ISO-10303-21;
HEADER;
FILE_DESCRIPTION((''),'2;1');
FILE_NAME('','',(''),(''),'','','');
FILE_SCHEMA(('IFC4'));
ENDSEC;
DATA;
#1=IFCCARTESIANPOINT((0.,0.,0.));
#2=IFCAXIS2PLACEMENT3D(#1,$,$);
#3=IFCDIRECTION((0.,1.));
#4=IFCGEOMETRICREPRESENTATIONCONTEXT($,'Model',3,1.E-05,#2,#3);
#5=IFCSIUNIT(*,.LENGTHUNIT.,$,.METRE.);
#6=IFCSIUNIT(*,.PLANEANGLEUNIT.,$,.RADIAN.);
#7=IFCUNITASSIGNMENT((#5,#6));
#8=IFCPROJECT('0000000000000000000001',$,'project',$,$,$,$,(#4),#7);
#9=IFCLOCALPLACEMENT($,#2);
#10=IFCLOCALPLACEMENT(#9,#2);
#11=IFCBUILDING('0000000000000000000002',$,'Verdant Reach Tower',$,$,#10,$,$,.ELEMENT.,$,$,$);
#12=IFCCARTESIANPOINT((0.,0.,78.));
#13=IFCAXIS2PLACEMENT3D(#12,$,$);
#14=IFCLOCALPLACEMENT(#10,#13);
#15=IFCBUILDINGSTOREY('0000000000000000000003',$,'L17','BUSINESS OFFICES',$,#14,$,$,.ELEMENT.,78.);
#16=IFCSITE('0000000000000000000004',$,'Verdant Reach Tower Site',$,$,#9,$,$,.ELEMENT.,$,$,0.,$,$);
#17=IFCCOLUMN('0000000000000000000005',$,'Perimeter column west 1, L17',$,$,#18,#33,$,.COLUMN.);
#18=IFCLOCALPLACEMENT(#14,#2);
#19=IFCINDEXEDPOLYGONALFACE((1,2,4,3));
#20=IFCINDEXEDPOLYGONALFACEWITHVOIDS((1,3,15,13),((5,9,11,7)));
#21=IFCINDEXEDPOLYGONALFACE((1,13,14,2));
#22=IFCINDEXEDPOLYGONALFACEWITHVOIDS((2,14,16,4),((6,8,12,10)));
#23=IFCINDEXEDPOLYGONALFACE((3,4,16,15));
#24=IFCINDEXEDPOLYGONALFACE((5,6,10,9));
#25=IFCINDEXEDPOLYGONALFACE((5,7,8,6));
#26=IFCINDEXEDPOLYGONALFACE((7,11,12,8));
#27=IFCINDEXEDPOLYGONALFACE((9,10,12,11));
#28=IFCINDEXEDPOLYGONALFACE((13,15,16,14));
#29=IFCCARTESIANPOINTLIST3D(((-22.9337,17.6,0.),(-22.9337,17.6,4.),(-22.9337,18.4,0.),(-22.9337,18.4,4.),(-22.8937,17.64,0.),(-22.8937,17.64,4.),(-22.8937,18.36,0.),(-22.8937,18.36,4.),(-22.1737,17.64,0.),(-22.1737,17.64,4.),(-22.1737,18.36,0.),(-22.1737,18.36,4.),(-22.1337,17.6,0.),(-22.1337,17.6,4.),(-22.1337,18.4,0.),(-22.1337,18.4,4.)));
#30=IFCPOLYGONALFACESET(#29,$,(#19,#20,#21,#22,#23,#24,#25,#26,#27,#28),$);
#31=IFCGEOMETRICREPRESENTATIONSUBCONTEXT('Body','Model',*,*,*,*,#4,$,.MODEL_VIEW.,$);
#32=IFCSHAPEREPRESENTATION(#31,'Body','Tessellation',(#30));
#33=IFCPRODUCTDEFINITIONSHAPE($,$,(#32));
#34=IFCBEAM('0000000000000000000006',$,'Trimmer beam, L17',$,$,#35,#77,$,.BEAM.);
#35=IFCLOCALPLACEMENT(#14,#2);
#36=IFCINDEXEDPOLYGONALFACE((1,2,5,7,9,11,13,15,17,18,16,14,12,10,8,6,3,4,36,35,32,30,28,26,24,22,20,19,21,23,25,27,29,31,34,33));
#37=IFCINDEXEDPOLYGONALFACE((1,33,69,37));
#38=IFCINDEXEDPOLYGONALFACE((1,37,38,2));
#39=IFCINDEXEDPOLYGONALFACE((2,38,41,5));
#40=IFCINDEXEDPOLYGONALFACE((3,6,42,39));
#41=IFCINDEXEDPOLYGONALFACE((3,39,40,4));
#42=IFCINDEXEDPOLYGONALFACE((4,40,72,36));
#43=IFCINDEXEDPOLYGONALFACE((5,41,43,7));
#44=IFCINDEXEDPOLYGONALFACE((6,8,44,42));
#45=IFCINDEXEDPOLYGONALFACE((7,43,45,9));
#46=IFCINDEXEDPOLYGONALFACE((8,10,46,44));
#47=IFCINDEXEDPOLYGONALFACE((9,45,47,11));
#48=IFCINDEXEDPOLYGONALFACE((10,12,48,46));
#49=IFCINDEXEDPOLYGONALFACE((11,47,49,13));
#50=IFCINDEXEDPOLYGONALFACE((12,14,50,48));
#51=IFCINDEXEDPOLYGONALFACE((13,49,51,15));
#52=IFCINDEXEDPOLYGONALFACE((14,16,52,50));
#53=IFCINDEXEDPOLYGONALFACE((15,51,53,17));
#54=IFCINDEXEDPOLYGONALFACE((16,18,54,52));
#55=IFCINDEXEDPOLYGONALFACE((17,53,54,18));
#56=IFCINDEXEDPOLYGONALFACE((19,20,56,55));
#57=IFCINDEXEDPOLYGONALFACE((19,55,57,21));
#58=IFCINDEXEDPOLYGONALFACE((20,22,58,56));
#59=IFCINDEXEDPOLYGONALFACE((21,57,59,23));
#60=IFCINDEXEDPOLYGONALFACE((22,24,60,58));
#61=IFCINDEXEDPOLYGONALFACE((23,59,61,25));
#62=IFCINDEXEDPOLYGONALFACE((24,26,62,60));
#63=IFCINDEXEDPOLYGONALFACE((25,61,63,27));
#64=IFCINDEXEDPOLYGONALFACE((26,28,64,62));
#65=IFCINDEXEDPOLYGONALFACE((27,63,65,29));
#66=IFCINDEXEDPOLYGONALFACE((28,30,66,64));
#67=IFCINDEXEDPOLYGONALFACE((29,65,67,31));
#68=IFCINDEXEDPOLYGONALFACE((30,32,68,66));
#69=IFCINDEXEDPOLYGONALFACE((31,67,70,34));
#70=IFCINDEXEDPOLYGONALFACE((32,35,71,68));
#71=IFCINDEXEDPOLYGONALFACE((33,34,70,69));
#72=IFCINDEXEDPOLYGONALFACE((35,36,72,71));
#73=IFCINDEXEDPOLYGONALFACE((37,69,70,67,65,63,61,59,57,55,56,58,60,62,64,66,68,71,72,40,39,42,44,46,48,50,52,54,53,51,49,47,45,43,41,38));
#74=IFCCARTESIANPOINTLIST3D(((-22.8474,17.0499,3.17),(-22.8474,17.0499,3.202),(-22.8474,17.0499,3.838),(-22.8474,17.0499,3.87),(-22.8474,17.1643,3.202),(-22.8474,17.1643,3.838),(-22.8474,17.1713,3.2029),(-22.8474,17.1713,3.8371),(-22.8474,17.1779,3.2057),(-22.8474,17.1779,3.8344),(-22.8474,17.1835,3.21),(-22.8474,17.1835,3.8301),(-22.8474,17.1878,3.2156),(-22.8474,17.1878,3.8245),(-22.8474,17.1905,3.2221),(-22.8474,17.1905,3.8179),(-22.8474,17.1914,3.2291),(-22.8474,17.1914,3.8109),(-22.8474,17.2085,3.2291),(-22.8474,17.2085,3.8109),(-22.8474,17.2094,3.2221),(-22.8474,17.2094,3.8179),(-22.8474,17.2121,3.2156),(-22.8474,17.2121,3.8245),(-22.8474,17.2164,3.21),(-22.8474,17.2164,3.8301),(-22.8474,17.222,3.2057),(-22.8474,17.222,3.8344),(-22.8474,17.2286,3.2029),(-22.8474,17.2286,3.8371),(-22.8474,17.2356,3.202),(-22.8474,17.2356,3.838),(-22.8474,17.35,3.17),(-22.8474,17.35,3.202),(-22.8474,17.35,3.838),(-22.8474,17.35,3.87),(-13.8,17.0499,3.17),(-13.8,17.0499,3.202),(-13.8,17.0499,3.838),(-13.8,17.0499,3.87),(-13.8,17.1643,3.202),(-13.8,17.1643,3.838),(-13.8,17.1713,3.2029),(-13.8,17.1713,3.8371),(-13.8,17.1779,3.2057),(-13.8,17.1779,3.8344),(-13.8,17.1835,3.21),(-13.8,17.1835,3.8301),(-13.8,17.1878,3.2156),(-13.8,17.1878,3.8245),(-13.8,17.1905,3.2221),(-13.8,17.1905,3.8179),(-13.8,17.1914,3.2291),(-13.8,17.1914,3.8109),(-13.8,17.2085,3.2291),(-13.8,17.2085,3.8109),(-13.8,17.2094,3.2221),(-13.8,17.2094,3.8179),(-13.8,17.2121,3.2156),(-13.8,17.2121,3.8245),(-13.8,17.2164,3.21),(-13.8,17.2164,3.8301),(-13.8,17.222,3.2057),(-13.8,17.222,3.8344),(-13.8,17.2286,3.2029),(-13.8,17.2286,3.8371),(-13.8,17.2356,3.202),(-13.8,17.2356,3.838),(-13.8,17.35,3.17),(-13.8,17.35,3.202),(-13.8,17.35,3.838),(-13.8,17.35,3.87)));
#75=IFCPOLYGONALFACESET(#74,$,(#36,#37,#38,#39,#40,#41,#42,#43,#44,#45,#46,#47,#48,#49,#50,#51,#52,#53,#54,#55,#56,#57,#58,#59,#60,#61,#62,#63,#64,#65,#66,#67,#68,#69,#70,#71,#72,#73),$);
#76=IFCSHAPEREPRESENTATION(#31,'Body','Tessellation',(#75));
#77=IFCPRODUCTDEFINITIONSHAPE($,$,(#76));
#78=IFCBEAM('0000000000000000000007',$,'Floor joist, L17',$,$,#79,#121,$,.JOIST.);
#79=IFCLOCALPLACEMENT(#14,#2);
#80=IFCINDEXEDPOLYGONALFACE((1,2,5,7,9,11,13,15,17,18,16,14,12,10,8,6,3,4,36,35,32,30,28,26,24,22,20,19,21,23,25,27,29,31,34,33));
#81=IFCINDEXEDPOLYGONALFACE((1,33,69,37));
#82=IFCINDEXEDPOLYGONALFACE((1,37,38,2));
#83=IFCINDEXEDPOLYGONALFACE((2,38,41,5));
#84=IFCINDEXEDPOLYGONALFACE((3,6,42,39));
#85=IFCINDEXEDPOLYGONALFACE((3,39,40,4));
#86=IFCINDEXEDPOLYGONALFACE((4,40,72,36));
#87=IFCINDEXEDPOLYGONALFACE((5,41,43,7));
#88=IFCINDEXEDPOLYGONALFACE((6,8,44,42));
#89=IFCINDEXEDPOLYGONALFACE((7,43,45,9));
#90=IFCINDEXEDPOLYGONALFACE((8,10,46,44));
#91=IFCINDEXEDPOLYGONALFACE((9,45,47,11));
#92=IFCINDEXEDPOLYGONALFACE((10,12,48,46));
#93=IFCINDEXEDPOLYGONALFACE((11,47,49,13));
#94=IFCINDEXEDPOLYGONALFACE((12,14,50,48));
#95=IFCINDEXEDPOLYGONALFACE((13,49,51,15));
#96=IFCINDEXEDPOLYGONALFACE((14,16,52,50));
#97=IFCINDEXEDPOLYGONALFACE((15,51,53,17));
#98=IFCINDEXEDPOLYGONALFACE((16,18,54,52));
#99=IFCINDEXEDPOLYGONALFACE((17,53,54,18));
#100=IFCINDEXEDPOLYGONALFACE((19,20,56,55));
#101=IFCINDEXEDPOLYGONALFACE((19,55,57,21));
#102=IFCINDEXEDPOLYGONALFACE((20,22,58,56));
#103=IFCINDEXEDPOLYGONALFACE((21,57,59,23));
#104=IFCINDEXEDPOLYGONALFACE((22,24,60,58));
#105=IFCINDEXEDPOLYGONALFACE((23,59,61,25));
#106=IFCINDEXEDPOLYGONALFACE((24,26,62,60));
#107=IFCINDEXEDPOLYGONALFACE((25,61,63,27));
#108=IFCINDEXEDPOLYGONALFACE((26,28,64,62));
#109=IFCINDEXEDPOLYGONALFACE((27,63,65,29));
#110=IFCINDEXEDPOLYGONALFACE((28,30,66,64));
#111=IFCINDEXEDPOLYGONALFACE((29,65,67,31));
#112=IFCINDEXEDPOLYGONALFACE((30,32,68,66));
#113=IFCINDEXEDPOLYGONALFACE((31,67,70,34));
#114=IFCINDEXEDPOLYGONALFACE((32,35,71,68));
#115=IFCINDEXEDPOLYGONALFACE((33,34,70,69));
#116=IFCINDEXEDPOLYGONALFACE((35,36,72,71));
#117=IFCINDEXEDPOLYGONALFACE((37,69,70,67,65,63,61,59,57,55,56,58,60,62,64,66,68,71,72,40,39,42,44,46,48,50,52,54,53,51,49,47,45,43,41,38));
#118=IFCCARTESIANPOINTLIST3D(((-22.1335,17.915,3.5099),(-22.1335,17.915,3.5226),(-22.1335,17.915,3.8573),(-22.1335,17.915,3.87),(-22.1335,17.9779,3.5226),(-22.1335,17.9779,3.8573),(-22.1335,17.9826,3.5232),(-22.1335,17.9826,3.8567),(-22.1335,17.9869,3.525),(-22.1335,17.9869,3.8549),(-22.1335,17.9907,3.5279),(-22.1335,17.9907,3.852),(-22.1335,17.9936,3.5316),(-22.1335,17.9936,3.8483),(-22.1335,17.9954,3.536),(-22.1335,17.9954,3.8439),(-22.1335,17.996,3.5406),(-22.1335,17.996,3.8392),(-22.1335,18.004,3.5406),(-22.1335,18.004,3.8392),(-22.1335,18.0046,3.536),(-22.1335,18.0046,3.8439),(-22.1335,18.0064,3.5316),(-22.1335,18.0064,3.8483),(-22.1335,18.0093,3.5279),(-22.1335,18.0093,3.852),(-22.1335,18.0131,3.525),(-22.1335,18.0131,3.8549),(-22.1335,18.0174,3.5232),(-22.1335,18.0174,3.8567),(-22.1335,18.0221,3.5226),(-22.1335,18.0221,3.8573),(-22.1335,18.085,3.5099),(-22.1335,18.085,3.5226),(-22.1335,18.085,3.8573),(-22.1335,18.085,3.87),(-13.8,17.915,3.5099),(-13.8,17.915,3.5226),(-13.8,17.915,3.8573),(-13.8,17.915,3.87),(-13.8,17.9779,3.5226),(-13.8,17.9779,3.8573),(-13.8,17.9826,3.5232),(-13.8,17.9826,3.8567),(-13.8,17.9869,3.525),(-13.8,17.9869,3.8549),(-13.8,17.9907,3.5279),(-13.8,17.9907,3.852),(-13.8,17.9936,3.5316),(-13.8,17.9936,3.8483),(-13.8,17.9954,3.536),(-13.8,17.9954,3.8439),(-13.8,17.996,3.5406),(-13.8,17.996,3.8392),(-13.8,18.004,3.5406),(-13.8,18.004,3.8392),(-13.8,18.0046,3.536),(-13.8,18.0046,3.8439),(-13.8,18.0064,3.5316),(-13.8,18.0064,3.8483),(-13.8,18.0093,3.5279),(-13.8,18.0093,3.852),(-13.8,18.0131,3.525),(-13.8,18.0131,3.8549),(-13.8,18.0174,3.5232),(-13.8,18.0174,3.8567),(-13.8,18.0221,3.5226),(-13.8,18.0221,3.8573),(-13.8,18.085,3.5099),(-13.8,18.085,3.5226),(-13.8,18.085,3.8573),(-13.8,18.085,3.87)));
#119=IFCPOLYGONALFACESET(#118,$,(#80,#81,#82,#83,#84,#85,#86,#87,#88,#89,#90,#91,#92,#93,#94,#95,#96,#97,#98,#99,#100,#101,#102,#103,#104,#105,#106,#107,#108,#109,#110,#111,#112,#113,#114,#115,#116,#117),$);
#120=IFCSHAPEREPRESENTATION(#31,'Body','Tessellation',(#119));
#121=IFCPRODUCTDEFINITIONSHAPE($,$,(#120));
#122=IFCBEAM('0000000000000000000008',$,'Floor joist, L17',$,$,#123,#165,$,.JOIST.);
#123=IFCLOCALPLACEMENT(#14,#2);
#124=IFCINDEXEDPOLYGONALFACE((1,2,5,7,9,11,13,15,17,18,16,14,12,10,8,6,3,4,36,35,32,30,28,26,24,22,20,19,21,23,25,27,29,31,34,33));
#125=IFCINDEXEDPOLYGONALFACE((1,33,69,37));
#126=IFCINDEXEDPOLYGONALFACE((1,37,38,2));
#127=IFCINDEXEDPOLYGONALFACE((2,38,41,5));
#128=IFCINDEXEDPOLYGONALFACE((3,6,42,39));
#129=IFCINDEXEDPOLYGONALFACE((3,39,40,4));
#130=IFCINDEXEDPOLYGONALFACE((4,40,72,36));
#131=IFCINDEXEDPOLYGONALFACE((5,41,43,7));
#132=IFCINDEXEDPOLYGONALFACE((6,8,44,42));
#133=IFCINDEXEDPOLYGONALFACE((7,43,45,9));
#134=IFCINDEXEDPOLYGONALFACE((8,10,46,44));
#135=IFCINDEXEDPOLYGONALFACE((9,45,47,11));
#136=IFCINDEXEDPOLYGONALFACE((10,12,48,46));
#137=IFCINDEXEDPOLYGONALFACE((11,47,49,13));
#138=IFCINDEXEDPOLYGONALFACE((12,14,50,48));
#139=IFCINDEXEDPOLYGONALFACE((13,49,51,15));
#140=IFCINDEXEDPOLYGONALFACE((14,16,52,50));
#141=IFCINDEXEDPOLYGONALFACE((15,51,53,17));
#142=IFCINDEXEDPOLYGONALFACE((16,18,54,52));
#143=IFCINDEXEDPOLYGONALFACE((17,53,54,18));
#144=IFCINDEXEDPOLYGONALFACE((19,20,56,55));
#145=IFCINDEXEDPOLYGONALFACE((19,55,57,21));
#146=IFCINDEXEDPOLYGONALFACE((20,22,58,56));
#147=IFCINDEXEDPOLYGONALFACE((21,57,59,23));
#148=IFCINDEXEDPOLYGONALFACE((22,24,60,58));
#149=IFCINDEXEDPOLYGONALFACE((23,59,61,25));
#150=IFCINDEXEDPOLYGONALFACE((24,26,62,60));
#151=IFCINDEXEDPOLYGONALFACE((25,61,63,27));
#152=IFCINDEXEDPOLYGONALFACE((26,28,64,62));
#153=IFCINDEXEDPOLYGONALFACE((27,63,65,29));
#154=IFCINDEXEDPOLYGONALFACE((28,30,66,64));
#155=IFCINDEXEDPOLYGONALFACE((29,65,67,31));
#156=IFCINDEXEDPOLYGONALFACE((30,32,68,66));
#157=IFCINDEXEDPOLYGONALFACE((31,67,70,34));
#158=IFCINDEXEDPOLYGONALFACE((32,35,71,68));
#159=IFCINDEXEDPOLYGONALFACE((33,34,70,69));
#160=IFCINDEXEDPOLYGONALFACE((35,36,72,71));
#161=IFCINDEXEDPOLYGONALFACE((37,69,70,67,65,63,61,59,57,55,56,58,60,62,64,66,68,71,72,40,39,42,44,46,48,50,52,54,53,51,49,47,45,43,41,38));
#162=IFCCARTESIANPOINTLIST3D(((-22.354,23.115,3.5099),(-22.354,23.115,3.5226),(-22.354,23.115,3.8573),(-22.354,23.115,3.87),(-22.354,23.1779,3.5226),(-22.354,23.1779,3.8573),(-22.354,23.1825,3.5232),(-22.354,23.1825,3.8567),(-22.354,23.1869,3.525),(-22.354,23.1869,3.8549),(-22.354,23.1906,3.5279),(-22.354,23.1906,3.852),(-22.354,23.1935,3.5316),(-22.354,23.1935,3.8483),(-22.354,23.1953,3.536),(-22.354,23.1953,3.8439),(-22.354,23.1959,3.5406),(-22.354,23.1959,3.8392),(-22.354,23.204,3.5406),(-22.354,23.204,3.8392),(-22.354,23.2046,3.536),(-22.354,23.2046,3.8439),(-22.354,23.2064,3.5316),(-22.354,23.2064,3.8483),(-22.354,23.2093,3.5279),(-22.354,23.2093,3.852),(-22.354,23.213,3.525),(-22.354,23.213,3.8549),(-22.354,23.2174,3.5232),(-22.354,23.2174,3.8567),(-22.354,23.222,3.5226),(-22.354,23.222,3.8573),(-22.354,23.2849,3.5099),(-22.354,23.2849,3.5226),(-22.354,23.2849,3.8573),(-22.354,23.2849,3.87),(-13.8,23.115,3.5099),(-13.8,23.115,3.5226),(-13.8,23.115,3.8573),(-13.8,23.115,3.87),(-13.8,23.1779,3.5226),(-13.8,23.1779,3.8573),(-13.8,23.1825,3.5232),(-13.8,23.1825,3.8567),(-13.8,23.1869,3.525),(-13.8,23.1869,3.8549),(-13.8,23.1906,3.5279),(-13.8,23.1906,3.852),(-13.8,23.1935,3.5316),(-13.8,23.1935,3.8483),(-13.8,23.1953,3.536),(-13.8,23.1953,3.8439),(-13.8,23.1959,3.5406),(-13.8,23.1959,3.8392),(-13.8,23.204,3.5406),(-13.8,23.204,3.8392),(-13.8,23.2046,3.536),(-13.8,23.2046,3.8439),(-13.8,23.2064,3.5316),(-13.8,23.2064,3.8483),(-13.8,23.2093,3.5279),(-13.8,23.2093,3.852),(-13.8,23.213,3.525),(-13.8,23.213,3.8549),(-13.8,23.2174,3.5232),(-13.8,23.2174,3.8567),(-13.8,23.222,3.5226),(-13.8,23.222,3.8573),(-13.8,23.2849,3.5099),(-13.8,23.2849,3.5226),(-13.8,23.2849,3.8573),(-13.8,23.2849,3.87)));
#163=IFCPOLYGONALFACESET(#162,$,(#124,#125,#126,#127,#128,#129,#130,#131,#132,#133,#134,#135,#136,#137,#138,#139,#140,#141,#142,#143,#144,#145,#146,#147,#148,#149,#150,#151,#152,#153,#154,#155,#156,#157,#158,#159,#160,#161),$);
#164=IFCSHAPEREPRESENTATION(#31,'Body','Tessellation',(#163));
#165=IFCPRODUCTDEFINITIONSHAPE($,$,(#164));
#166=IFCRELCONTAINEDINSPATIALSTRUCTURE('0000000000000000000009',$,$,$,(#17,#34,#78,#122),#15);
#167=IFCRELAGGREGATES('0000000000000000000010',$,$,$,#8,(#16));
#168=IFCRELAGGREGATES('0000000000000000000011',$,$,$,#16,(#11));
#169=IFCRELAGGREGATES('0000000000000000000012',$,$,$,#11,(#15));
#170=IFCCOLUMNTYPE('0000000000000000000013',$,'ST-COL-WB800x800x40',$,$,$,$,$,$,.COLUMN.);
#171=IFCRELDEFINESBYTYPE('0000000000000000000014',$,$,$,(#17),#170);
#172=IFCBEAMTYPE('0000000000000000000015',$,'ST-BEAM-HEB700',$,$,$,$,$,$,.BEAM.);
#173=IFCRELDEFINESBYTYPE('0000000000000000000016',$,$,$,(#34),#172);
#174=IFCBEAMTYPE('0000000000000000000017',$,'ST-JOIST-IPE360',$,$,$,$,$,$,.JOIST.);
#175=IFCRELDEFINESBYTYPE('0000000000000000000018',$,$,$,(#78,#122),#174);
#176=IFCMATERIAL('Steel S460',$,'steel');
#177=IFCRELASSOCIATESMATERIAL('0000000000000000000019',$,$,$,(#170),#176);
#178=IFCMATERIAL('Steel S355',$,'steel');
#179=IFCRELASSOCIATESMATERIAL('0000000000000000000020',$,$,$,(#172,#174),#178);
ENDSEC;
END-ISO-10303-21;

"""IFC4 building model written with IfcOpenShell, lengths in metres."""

from ifc_helpers import new_model, si_unit, direction, frame, origin, origin_2d, place, context, subcontext, project, spatial, hollow_rectangle, i_section, extrude, material, material_profile, profile_set, type_object, element, save


model = new_model("IFC4")

# Units and contexts
model_context = context("Model", 3, precision=1e-05, world=origin(), true_north=direction((0.0, 1.0)))
body_context = subcontext(model_context, "Body", "Model", "MODEL_VIEW")
ifc_project = project(units=[si_unit("LENGTHUNIT", "METRE"), si_unit("PLANEANGLEUNIT", "RADIAN")], contexts=[model_context])

# Site, building, storey
site_placement = place(None, origin())
site = spatial("IfcSite", under=ifc_project, at=site_placement, Name="Verdant Reach Tower Site", CompositionType="ELEMENT", RefElevation=0.0)
building_placement = place(site_placement, origin())
building = spatial("IfcBuilding", under=site, at=building_placement, Name="Verdant Reach Tower", CompositionType="ELEMENT")
storey_placement = place(building_placement, frame((0.0, 0.0, 78.0)))
storey = spatial("IfcBuildingStorey", under=building, at=storey_placement, Name="L17", Description="BUSINESS OFFICES", CompositionType="ELEMENT", Elevation=78.0)

# Column
ifc_material_1 = material(Name="Steel S460", Category="steel")
ifc_material_profile_1 = material_profile(ifc_material_1, hollow_rectangle(XDim=0.8, YDim=0.8, WallThickness=0.04, at=origin_2d()), Name="WB 800x800x40")
ifc_profile_set_1 = profile_set([ifc_material_profile_1], Name="Steel S460")
column_type = type_object("IfcColumnType", Name="ST-COL-WB800x800x40", PredefinedType="COLUMN", material=ifc_profile_set_1)
column_placement = place(storey_placement, frame((-22.5337, 18.0, 0.0), z_axis=(0.0, 0.0, 1.0), x_axis=(1.0, 0.0, 0.0)))
element("IfcColumn", 1, at=column_placement, inside=storey, type_object=column_type, Name="Perimeter column west 1, L17", PredefinedType="COLUMN", context=body_context, shape_type="SweptSolid", body=[
    extrude(hollow_rectangle(XDim=0.8, YDim=0.8, WallThickness=0.04, at=origin_2d()), origin(), (0.0, 0.0, 1.0), 4.0),
])

# Beams
ifc_material_2 = material(Name="Steel S355", Category="steel")
ifc_material_profile_2 = material_profile(ifc_material_2, i_section(OverallWidth=0.3, OverallDepth=0.7, WebThickness=0.0171, FlangeThickness=0.032, FilletRadius=0.0271, at=origin_2d()), Name="HEB 700")
ifc_profile_set_2 = profile_set([ifc_material_profile_2], Name="Steel S355")
beam_type_1 = type_object("IfcBeamType", Name="ST-BEAM-HEB700", PredefinedType="BEAM", material=ifc_profile_set_2)
beam_1_placement = place(storey_placement, frame((-13.8, 17.2, 3.52), z_axis=(-1.0, 0.0, 0.0), x_axis=(0.0, -1.0, 0.0)))
element("IfcBeam", 2, at=beam_1_placement, inside=storey, type_object=beam_type_1, Name="Trimmer beam, L17", PredefinedType="BEAM", context=body_context, shape_type="SweptSolid", body=[
    extrude(i_section(OverallWidth=0.3, OverallDepth=0.7, WebThickness=0.0171, FlangeThickness=0.032, FilletRadius=0.0271, at=origin_2d()), origin(), (0.0, 0.0, 1.0), 9.0474),
])
ifc_material_profile_3 = material_profile(ifc_material_2, i_section(OverallWidth=0.1699, OverallDepth=0.3601, WebThickness=0.0081, FlangeThickness=0.0127, FilletRadius=0.0181, at=origin_2d()), Name="IPE 360")
ifc_profile_set_3 = profile_set([ifc_material_profile_3], Name="Steel S355")
beam_type_2 = type_object("IfcBeamType", Name="ST-JOIST-IPE360", PredefinedType="JOIST", material=ifc_profile_set_3)
beam_2_placement = place(storey_placement, frame((-13.8, 18.0, 3.6899), z_axis=(-1.0, 0.0, 0.0), x_axis=(0.0, -1.0, 0.0)))
element("IfcBeam", 3, at=beam_2_placement, inside=storey, type_object=beam_type_2, Name="Floor joist, L17", PredefinedType="JOIST", context=body_context, shape_type="SweptSolid", body=[
    extrude(i_section(OverallWidth=0.1699, OverallDepth=0.3601, WebThickness=0.0081, FlangeThickness=0.0127, FilletRadius=0.0181, at=origin_2d()), origin(), (0.0, 0.0, 1.0), 8.3335),
])
beam_3_placement = place(storey_placement, frame((-13.8, 23.2, 3.6899), z_axis=(-1.0, 0.0, 0.0), x_axis=(0.0, -1.0, 0.0)))
element("IfcBeam", 4, at=beam_3_placement, inside=storey, type_object=beam_type_2, Name="Floor joist, L17", PredefinedType="JOIST", context=body_context, shape_type="SweptSolid", body=[
    extrude(i_section(OverallWidth=0.1699, OverallDepth=0.3601, WebThickness=0.0081, FlangeThickness=0.0127, FilletRadius=0.0181, at=origin_2d()), origin(), (0.0, 0.0, 1.0), 8.554),
])

save(model, "model.ifc")
